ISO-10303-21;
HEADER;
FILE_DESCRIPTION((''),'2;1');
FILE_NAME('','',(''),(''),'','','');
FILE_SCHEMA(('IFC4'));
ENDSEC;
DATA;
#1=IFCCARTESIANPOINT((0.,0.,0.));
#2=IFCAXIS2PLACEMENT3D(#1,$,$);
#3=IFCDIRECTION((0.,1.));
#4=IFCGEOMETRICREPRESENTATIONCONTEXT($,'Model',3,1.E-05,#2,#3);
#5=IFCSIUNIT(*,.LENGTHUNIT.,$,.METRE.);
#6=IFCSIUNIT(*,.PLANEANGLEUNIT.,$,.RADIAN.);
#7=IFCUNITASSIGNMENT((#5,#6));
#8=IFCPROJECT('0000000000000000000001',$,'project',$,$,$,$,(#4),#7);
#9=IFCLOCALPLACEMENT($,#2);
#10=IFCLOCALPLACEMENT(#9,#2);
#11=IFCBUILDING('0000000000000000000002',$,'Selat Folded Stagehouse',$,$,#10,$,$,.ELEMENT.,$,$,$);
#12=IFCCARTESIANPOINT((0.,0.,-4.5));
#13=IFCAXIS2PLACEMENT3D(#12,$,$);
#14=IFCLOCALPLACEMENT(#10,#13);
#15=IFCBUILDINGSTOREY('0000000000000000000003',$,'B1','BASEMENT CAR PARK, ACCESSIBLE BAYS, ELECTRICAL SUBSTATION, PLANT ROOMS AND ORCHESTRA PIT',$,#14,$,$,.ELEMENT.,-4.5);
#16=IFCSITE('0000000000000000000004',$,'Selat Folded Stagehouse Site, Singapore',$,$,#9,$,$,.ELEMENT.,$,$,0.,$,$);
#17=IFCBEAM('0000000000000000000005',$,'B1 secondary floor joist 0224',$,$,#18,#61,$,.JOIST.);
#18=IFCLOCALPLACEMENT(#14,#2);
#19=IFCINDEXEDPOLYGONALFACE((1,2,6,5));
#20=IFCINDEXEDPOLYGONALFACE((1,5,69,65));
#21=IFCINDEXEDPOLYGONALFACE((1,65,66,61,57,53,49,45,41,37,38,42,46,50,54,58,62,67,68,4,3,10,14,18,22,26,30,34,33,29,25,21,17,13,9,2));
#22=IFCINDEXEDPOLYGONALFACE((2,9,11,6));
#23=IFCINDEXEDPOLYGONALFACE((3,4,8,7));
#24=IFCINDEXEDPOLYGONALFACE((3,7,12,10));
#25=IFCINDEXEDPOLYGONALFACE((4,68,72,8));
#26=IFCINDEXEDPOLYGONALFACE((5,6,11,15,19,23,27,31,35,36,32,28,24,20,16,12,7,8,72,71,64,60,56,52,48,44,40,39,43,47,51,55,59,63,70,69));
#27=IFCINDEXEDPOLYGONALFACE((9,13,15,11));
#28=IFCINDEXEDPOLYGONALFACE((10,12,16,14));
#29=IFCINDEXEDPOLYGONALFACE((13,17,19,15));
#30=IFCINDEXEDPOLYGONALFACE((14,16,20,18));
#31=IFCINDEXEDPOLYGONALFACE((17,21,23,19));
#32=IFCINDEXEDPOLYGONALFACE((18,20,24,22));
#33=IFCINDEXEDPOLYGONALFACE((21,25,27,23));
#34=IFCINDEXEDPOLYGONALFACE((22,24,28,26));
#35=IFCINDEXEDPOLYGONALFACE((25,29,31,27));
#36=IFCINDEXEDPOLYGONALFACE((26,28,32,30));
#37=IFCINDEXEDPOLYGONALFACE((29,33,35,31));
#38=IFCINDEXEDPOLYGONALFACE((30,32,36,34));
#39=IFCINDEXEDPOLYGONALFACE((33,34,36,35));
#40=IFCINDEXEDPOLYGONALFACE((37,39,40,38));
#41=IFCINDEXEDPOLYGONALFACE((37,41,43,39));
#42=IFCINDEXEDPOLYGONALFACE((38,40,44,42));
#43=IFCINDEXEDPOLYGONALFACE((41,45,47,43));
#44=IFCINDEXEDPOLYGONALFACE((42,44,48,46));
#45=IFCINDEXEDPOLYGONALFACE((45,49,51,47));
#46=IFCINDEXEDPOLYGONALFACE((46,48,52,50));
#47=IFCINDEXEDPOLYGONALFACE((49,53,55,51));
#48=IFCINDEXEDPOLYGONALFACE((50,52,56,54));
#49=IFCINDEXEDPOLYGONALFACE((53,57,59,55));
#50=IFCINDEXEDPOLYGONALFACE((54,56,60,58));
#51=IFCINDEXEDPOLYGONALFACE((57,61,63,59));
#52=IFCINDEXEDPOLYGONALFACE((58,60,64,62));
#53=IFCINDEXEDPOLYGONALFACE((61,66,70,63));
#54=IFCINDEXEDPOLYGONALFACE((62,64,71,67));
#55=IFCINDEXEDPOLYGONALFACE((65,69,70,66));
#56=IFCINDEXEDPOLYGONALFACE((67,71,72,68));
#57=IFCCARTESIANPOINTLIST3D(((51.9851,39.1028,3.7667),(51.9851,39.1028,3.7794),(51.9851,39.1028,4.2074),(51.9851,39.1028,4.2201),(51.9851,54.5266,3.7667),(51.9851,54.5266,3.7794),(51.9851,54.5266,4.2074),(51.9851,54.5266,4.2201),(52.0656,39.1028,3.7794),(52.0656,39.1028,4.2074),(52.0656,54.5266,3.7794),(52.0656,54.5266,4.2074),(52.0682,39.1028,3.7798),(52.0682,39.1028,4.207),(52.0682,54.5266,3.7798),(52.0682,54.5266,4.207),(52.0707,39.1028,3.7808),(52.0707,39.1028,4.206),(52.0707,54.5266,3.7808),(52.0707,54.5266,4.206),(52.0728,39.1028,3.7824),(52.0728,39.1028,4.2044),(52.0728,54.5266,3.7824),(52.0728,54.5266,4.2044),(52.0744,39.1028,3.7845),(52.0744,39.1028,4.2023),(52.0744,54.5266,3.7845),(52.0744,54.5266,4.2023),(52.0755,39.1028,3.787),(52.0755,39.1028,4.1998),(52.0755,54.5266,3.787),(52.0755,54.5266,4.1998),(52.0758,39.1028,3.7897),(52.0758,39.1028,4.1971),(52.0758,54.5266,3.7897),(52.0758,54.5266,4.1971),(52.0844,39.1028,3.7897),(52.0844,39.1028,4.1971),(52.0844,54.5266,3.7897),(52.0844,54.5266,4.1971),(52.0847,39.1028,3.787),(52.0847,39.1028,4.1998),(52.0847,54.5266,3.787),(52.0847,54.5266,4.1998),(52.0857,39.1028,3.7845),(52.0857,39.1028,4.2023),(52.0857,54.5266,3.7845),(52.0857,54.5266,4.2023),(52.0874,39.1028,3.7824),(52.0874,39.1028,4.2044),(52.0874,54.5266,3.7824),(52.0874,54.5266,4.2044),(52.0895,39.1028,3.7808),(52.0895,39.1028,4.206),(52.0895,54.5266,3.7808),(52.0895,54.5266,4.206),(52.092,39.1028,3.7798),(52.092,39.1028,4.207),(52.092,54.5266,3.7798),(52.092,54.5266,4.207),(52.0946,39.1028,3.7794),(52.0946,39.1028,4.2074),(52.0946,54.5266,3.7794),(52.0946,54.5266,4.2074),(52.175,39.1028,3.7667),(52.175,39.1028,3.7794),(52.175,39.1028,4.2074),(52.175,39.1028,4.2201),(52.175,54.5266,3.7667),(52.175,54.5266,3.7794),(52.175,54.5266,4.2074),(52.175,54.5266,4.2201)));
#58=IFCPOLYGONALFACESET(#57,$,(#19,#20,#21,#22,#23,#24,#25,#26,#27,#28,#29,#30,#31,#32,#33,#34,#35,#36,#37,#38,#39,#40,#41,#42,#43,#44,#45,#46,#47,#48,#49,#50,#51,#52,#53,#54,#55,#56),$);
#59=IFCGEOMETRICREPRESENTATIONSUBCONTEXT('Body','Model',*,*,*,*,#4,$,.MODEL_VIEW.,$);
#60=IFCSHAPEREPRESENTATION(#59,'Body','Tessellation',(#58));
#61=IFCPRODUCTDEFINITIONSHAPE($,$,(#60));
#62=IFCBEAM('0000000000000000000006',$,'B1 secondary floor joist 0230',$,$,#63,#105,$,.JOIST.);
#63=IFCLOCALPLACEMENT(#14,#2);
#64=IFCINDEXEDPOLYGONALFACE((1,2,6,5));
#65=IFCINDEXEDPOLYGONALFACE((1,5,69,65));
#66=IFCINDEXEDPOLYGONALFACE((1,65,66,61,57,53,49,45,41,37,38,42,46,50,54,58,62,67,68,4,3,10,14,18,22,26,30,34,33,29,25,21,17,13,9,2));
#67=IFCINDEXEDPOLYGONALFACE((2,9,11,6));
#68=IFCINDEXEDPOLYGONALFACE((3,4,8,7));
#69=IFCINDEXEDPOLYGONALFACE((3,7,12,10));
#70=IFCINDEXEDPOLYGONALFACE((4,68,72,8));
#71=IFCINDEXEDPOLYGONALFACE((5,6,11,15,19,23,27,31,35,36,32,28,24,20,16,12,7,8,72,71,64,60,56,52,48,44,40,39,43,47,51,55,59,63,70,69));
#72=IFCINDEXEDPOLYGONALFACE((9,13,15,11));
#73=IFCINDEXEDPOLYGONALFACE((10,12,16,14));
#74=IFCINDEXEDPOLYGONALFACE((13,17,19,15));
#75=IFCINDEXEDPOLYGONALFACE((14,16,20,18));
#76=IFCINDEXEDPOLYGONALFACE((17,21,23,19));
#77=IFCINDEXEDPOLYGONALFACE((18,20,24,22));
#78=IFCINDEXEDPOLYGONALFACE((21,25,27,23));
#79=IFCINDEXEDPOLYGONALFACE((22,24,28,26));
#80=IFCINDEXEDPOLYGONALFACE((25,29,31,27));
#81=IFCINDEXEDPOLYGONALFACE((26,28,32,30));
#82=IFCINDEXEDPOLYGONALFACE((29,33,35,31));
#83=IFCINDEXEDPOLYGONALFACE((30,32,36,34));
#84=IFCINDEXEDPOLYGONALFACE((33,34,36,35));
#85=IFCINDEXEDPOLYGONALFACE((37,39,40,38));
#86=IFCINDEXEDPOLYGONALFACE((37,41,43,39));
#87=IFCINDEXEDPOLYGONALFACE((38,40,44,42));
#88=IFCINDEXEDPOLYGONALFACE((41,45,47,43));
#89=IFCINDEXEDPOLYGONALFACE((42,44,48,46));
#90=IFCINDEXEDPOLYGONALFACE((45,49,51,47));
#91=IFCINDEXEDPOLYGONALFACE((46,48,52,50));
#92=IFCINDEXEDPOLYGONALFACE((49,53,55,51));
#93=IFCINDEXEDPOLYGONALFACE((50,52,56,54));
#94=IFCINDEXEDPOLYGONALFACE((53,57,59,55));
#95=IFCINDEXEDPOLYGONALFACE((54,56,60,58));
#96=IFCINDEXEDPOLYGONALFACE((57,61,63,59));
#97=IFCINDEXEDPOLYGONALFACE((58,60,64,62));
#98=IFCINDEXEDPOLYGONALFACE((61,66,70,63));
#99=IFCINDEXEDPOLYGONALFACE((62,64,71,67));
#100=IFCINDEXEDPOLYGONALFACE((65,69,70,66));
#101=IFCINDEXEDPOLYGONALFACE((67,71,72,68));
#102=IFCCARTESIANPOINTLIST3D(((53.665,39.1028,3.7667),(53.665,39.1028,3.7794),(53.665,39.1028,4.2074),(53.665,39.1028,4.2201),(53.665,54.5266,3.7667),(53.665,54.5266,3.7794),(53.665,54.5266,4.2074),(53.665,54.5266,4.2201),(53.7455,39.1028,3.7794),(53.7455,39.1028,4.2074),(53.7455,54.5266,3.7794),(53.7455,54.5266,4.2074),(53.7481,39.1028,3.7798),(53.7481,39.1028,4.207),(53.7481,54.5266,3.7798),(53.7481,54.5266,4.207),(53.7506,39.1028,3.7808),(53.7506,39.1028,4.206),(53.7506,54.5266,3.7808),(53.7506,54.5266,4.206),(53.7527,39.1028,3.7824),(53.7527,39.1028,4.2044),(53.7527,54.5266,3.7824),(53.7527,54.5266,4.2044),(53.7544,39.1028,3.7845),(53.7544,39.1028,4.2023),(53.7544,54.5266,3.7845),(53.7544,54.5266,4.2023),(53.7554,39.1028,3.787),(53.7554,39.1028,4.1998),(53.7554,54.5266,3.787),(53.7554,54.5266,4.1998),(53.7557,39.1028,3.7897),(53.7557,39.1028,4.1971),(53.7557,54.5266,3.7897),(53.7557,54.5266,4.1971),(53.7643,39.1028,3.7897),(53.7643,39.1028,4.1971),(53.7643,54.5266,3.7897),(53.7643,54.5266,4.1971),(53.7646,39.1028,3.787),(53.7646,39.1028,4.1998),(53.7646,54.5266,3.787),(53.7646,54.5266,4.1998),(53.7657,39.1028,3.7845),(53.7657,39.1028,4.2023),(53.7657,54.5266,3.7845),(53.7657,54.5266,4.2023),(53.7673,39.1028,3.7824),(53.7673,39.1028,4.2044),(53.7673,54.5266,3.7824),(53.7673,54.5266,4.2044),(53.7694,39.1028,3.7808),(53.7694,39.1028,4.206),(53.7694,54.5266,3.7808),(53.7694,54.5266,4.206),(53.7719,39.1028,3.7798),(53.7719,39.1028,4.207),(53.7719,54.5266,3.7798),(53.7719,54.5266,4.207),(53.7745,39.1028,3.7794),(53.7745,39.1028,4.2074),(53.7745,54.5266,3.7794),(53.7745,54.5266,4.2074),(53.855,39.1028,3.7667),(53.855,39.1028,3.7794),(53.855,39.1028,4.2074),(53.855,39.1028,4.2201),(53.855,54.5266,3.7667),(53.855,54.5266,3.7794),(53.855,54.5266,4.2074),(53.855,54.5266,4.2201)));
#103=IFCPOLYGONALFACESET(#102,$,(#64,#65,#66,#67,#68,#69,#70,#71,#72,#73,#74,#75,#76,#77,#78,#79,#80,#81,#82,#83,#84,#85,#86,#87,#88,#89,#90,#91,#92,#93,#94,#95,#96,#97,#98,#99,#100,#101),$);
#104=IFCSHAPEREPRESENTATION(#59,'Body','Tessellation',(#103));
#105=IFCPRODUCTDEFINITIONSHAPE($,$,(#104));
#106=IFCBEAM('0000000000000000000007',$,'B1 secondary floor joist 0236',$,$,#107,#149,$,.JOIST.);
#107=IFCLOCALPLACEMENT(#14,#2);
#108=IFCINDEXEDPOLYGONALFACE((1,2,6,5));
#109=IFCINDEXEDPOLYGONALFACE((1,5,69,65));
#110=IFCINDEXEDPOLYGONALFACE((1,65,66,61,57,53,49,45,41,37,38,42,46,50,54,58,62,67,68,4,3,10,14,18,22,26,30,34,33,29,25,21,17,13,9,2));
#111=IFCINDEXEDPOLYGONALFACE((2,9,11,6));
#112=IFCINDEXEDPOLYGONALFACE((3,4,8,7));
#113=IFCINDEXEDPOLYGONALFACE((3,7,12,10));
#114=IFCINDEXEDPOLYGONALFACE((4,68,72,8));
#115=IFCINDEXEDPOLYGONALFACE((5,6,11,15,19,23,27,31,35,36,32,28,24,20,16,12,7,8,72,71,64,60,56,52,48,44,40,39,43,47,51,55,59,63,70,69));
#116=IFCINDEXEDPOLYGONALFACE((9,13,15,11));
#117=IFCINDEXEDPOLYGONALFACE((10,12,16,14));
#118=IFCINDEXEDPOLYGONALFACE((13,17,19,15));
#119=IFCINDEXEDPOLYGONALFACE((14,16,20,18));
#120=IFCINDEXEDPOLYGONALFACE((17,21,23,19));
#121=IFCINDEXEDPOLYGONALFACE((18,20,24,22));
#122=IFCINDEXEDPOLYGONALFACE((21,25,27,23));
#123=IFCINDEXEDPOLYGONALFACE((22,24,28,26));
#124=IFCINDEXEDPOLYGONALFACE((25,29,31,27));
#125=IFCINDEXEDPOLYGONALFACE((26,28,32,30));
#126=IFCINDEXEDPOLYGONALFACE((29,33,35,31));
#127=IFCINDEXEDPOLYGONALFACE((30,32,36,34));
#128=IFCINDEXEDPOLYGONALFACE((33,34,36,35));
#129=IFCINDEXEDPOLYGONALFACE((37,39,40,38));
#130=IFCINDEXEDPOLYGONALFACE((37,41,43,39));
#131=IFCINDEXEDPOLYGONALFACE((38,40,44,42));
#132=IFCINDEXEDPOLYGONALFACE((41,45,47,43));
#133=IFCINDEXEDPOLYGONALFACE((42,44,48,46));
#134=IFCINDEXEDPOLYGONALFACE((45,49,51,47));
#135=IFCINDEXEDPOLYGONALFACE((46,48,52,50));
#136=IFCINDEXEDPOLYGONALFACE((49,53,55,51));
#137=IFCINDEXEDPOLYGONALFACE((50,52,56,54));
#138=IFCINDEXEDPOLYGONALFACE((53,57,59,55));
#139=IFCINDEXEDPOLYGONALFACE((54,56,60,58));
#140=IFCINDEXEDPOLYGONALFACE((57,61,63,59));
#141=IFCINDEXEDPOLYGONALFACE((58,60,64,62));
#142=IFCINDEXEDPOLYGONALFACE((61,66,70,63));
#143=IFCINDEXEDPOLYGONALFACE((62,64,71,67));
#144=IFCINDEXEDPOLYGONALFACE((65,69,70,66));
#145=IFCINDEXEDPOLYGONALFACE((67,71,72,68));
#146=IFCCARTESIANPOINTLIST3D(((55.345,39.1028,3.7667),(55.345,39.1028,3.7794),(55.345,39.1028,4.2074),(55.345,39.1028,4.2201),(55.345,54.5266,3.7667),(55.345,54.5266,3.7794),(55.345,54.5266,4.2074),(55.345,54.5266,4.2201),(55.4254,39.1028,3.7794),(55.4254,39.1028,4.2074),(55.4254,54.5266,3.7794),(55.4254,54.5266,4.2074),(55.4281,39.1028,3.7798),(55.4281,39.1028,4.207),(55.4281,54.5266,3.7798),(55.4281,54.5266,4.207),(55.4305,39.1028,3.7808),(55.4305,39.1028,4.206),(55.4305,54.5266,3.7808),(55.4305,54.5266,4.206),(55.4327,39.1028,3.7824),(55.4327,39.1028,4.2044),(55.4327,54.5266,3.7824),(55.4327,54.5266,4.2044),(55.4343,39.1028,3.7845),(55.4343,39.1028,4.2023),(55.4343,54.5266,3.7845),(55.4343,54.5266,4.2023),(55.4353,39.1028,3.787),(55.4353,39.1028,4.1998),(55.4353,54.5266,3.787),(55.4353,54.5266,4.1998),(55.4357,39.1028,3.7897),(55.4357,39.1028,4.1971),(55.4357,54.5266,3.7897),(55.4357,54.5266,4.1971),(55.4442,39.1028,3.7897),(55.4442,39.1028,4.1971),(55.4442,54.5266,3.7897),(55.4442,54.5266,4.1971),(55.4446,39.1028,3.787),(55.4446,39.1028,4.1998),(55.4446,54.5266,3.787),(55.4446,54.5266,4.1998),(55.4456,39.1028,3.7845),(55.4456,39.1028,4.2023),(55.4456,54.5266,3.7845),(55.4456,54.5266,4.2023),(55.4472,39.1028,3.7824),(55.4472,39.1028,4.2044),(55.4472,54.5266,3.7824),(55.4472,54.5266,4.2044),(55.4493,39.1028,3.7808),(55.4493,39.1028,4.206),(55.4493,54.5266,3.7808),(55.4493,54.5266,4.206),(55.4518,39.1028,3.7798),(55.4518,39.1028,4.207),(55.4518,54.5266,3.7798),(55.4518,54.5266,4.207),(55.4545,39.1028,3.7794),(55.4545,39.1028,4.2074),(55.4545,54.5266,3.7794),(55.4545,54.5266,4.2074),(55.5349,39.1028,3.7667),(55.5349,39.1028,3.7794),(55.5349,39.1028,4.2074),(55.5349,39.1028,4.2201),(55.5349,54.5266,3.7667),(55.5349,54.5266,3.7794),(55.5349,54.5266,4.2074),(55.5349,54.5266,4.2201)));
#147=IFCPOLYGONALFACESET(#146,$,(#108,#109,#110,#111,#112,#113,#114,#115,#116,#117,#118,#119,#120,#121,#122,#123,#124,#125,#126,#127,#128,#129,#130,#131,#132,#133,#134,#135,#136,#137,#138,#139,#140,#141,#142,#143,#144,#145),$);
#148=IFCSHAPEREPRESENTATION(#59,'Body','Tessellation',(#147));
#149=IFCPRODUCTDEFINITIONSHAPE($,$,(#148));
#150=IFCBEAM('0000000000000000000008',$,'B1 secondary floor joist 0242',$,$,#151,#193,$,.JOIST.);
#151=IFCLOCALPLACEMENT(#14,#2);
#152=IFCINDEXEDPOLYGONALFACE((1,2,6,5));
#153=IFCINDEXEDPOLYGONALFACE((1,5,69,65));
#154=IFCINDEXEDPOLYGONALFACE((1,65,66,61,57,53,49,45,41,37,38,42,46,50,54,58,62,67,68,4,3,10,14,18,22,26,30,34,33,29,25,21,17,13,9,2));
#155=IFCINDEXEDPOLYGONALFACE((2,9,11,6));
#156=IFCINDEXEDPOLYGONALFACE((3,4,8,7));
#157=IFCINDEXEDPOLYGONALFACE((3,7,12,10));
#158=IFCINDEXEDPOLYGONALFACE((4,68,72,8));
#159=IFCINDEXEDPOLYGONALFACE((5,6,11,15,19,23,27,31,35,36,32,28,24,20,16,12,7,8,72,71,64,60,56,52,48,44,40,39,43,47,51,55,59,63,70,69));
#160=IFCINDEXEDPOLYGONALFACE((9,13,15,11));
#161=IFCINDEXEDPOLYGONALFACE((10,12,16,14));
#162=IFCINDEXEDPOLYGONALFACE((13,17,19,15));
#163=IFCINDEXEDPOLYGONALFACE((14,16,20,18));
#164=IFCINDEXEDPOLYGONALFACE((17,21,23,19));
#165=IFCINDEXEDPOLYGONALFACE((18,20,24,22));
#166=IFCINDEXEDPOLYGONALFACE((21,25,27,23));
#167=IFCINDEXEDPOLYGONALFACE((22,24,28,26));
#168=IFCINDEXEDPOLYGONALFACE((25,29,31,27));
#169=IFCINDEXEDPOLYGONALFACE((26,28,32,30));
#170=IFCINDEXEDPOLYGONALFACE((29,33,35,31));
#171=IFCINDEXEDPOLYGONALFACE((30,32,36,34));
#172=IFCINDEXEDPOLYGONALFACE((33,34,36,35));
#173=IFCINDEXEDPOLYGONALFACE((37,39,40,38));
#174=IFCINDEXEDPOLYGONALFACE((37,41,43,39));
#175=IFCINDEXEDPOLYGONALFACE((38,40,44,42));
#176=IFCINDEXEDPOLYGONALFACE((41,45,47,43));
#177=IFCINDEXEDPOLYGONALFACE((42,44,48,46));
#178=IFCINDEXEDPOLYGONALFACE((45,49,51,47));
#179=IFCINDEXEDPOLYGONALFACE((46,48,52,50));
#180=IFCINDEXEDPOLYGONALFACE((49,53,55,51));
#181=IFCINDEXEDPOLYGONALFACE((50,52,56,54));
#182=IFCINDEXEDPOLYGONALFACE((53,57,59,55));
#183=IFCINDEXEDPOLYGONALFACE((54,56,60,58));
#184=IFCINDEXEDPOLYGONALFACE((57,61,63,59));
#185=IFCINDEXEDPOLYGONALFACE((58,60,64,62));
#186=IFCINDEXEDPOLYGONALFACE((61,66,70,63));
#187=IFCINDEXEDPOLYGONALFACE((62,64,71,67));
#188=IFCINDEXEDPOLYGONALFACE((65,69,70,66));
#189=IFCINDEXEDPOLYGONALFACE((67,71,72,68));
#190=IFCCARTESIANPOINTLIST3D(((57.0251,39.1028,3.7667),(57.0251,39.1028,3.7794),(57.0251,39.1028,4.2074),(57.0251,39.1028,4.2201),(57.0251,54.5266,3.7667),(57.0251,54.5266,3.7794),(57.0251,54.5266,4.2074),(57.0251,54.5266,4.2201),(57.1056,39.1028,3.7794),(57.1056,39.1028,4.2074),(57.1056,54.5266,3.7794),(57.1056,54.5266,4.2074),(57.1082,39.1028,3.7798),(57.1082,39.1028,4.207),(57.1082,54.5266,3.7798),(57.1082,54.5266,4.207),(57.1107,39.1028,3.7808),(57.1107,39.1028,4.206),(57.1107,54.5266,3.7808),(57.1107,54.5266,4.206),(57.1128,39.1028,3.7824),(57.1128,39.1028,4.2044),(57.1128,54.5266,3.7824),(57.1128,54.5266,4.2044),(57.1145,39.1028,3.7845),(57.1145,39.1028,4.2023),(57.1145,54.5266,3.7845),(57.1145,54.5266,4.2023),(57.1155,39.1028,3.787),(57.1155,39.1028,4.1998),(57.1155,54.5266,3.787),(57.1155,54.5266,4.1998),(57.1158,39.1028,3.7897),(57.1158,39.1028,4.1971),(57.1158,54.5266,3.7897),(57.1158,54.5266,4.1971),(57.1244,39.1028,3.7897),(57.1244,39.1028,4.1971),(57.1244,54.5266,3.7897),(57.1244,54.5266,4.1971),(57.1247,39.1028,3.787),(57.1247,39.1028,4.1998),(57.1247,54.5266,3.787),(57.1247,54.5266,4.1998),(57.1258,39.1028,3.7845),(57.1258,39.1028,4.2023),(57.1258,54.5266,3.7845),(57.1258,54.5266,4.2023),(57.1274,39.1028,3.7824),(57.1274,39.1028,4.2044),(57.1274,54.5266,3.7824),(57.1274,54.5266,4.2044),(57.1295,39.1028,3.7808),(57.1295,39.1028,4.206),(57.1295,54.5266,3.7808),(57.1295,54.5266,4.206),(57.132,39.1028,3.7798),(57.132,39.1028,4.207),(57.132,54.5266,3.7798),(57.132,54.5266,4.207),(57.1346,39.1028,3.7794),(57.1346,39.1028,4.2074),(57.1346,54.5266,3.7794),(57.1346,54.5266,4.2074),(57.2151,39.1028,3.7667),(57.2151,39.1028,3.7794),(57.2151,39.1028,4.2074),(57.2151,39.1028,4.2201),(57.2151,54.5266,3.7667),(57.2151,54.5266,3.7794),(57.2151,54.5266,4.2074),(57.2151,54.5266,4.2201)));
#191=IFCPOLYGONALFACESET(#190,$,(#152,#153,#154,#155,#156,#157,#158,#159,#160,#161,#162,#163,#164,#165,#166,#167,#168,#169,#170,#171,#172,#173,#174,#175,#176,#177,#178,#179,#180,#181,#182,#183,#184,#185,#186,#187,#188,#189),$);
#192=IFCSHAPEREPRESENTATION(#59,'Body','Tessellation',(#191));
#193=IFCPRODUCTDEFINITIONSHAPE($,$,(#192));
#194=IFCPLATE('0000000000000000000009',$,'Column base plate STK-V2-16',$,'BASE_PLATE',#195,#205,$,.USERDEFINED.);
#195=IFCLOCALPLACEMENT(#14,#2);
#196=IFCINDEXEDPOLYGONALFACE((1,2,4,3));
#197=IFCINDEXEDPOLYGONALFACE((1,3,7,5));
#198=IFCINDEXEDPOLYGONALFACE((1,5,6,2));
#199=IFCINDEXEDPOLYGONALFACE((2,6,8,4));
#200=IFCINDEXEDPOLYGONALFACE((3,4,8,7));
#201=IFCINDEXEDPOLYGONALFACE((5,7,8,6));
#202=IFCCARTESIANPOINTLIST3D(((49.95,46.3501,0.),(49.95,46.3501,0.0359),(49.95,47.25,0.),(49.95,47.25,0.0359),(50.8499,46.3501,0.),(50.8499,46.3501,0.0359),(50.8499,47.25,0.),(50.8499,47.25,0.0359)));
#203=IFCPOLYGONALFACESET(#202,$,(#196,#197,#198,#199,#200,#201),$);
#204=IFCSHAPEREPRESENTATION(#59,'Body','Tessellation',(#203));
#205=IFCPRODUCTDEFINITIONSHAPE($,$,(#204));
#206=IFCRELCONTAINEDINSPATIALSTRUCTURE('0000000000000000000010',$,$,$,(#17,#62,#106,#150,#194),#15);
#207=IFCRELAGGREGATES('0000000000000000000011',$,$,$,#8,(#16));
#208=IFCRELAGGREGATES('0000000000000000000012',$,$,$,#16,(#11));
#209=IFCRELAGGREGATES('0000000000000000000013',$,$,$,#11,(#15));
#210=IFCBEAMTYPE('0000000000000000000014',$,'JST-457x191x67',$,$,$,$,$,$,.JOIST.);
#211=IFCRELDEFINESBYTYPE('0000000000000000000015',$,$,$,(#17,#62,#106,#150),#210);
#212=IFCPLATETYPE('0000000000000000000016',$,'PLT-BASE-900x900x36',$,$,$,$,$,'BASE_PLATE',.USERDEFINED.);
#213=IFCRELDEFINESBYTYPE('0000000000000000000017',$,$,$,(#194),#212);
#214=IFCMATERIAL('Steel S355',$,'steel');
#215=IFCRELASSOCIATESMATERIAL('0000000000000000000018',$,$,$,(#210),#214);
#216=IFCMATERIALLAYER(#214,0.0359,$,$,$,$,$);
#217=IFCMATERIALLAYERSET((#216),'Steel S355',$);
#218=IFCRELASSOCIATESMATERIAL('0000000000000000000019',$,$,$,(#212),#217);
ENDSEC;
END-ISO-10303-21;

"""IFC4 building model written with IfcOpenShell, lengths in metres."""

from ifc_helpers import new_model, si_unit, direction, frame, origin, origin_2d, place, context, subcontext, project, spatial, rectangle, i_section, extrude, material, layer, layer_set, material_profile, profile_set, type_object, element, save


model = new_model("IFC4")

# Units and contexts
model_context = context("Model", 3, precision=1e-05, world=origin(), true_north=direction((0.0, 1.0)))
body_context = subcontext(model_context, "Body", "Model", "MODEL_VIEW")
ifc_project = project(units=[si_unit("LENGTHUNIT", "METRE"), si_unit("PLANEANGLEUNIT", "RADIAN")], contexts=[model_context])

# Site, building, storey
site_placement = place(None, origin())
site = spatial("IfcSite", under=ifc_project, at=site_placement, Name="Selat Folded Stagehouse Site, Singapore", CompositionType="ELEMENT", RefElevation=0.0)
building_placement = place(site_placement, origin())
building = spatial("IfcBuilding", under=site, at=building_placement, Name="Selat Folded Stagehouse", CompositionType="ELEMENT")
storey_placement = place(building_placement, frame((0.0, 0.0, -4.5)))
storey = spatial("IfcBuildingStorey", under=building, at=storey_placement, Name="B1", Description="BASEMENT CAR PARK, ACCESSIBLE BAYS, ELECTRICAL SUBSTATION, PLANT ROOMS AND ORCHESTRA PIT", CompositionType="ELEMENT", Elevation=-4.5)

# Shared definitions
ifc_material_1 = material(Name="Steel S355", Category="steel")

# Beams
ifc_material_profile_1 = material_profile(ifc_material_1, i_section(OverallWidth=0.1899, OverallDepth=0.4534, WebThickness=0.0085, FlangeThickness=0.0127, FilletRadius=0.0103, at=origin_2d()), Name="UKB 457x191x67")
ifc_profile_set_1 = profile_set([ifc_material_profile_1], Name="Steel S355")
beam_type_1 = type_object("IfcBeamType", Name="JST-457x191x67", PredefinedType="JOIST", material=ifc_profile_set_1)
for number, where, z_axis, x_axis, name in (
    (1, (52.0801, 39.1028, 3.9934), (0.0, 1.0, 0.0), (-1.0, 0.0, 0.0), "B1 secondary floor joist 0224"),
    (2, (53.76, 39.1028, 3.9934), (0.0, 1.0, 0.0), (-1.0, 0.0, 0.0), "B1 secondary floor joist 0230"),
    (3, (55.4399, 39.1028, 3.9934), (0.0, 1.0, 0.0), (-1.0, 0.0, 0.0), "B1 secondary floor joist 0236"),
    (4, (57.1201, 39.1028, 3.9934), (0.0, 1.0, 0.0), (-1.0, 0.0, 0.0), "B1 secondary floor joist 0242"),
):
    element("IfcBeam", number, at=place(storey_placement, frame(where, z_axis=z_axis, x_axis=x_axis)), inside=storey, type_object=beam_type_1, Name=name, PredefinedType="JOIST", context=body_context, shape_type="SweptSolid", body=[
        extrude(i_section(OverallWidth=0.1899, OverallDepth=0.4534, WebThickness=0.0085, FlangeThickness=0.0127, FilletRadius=0.0103, at=origin_2d()), origin(), (0.0, 0.0, 1.0), 15.4238),
    ])

# Plate
ifc_layer_1 = layer(ifc_material_1, 0.0359)
ifc_layer_set_1 = layer_set([ifc_layer_1], Name="Steel S355")
plate_type = type_object("IfcPlateType", Name="PLT-BASE-900x900x36", ElementType="BASE_PLATE", PredefinedType="USERDEFINED", material=ifc_layer_set_1)
for number, where, z_axis, x_axis, name in (
    (5, (50.3999, 46.8, 0.0), (0.0, 0.0, 1.0), (1.0, 0.0, 0.0), "Column base plate STK-V2-16"),
):
    element("IfcPlate", number, at=place(storey_placement, frame(where, z_axis=z_axis, x_axis=x_axis)), inside=storey, type_object=plate_type, Name=name, ObjectType="BASE_PLATE", PredefinedType="USERDEFINED", context=body_context, shape_type="SweptSolid", body=[
        extrude(rectangle(XDim=0.8999, YDim=0.8999, at=origin_2d()), origin(), (0.0, 0.0, 1.0), 0.0359),
    ])

save(model, "model.ifc")
